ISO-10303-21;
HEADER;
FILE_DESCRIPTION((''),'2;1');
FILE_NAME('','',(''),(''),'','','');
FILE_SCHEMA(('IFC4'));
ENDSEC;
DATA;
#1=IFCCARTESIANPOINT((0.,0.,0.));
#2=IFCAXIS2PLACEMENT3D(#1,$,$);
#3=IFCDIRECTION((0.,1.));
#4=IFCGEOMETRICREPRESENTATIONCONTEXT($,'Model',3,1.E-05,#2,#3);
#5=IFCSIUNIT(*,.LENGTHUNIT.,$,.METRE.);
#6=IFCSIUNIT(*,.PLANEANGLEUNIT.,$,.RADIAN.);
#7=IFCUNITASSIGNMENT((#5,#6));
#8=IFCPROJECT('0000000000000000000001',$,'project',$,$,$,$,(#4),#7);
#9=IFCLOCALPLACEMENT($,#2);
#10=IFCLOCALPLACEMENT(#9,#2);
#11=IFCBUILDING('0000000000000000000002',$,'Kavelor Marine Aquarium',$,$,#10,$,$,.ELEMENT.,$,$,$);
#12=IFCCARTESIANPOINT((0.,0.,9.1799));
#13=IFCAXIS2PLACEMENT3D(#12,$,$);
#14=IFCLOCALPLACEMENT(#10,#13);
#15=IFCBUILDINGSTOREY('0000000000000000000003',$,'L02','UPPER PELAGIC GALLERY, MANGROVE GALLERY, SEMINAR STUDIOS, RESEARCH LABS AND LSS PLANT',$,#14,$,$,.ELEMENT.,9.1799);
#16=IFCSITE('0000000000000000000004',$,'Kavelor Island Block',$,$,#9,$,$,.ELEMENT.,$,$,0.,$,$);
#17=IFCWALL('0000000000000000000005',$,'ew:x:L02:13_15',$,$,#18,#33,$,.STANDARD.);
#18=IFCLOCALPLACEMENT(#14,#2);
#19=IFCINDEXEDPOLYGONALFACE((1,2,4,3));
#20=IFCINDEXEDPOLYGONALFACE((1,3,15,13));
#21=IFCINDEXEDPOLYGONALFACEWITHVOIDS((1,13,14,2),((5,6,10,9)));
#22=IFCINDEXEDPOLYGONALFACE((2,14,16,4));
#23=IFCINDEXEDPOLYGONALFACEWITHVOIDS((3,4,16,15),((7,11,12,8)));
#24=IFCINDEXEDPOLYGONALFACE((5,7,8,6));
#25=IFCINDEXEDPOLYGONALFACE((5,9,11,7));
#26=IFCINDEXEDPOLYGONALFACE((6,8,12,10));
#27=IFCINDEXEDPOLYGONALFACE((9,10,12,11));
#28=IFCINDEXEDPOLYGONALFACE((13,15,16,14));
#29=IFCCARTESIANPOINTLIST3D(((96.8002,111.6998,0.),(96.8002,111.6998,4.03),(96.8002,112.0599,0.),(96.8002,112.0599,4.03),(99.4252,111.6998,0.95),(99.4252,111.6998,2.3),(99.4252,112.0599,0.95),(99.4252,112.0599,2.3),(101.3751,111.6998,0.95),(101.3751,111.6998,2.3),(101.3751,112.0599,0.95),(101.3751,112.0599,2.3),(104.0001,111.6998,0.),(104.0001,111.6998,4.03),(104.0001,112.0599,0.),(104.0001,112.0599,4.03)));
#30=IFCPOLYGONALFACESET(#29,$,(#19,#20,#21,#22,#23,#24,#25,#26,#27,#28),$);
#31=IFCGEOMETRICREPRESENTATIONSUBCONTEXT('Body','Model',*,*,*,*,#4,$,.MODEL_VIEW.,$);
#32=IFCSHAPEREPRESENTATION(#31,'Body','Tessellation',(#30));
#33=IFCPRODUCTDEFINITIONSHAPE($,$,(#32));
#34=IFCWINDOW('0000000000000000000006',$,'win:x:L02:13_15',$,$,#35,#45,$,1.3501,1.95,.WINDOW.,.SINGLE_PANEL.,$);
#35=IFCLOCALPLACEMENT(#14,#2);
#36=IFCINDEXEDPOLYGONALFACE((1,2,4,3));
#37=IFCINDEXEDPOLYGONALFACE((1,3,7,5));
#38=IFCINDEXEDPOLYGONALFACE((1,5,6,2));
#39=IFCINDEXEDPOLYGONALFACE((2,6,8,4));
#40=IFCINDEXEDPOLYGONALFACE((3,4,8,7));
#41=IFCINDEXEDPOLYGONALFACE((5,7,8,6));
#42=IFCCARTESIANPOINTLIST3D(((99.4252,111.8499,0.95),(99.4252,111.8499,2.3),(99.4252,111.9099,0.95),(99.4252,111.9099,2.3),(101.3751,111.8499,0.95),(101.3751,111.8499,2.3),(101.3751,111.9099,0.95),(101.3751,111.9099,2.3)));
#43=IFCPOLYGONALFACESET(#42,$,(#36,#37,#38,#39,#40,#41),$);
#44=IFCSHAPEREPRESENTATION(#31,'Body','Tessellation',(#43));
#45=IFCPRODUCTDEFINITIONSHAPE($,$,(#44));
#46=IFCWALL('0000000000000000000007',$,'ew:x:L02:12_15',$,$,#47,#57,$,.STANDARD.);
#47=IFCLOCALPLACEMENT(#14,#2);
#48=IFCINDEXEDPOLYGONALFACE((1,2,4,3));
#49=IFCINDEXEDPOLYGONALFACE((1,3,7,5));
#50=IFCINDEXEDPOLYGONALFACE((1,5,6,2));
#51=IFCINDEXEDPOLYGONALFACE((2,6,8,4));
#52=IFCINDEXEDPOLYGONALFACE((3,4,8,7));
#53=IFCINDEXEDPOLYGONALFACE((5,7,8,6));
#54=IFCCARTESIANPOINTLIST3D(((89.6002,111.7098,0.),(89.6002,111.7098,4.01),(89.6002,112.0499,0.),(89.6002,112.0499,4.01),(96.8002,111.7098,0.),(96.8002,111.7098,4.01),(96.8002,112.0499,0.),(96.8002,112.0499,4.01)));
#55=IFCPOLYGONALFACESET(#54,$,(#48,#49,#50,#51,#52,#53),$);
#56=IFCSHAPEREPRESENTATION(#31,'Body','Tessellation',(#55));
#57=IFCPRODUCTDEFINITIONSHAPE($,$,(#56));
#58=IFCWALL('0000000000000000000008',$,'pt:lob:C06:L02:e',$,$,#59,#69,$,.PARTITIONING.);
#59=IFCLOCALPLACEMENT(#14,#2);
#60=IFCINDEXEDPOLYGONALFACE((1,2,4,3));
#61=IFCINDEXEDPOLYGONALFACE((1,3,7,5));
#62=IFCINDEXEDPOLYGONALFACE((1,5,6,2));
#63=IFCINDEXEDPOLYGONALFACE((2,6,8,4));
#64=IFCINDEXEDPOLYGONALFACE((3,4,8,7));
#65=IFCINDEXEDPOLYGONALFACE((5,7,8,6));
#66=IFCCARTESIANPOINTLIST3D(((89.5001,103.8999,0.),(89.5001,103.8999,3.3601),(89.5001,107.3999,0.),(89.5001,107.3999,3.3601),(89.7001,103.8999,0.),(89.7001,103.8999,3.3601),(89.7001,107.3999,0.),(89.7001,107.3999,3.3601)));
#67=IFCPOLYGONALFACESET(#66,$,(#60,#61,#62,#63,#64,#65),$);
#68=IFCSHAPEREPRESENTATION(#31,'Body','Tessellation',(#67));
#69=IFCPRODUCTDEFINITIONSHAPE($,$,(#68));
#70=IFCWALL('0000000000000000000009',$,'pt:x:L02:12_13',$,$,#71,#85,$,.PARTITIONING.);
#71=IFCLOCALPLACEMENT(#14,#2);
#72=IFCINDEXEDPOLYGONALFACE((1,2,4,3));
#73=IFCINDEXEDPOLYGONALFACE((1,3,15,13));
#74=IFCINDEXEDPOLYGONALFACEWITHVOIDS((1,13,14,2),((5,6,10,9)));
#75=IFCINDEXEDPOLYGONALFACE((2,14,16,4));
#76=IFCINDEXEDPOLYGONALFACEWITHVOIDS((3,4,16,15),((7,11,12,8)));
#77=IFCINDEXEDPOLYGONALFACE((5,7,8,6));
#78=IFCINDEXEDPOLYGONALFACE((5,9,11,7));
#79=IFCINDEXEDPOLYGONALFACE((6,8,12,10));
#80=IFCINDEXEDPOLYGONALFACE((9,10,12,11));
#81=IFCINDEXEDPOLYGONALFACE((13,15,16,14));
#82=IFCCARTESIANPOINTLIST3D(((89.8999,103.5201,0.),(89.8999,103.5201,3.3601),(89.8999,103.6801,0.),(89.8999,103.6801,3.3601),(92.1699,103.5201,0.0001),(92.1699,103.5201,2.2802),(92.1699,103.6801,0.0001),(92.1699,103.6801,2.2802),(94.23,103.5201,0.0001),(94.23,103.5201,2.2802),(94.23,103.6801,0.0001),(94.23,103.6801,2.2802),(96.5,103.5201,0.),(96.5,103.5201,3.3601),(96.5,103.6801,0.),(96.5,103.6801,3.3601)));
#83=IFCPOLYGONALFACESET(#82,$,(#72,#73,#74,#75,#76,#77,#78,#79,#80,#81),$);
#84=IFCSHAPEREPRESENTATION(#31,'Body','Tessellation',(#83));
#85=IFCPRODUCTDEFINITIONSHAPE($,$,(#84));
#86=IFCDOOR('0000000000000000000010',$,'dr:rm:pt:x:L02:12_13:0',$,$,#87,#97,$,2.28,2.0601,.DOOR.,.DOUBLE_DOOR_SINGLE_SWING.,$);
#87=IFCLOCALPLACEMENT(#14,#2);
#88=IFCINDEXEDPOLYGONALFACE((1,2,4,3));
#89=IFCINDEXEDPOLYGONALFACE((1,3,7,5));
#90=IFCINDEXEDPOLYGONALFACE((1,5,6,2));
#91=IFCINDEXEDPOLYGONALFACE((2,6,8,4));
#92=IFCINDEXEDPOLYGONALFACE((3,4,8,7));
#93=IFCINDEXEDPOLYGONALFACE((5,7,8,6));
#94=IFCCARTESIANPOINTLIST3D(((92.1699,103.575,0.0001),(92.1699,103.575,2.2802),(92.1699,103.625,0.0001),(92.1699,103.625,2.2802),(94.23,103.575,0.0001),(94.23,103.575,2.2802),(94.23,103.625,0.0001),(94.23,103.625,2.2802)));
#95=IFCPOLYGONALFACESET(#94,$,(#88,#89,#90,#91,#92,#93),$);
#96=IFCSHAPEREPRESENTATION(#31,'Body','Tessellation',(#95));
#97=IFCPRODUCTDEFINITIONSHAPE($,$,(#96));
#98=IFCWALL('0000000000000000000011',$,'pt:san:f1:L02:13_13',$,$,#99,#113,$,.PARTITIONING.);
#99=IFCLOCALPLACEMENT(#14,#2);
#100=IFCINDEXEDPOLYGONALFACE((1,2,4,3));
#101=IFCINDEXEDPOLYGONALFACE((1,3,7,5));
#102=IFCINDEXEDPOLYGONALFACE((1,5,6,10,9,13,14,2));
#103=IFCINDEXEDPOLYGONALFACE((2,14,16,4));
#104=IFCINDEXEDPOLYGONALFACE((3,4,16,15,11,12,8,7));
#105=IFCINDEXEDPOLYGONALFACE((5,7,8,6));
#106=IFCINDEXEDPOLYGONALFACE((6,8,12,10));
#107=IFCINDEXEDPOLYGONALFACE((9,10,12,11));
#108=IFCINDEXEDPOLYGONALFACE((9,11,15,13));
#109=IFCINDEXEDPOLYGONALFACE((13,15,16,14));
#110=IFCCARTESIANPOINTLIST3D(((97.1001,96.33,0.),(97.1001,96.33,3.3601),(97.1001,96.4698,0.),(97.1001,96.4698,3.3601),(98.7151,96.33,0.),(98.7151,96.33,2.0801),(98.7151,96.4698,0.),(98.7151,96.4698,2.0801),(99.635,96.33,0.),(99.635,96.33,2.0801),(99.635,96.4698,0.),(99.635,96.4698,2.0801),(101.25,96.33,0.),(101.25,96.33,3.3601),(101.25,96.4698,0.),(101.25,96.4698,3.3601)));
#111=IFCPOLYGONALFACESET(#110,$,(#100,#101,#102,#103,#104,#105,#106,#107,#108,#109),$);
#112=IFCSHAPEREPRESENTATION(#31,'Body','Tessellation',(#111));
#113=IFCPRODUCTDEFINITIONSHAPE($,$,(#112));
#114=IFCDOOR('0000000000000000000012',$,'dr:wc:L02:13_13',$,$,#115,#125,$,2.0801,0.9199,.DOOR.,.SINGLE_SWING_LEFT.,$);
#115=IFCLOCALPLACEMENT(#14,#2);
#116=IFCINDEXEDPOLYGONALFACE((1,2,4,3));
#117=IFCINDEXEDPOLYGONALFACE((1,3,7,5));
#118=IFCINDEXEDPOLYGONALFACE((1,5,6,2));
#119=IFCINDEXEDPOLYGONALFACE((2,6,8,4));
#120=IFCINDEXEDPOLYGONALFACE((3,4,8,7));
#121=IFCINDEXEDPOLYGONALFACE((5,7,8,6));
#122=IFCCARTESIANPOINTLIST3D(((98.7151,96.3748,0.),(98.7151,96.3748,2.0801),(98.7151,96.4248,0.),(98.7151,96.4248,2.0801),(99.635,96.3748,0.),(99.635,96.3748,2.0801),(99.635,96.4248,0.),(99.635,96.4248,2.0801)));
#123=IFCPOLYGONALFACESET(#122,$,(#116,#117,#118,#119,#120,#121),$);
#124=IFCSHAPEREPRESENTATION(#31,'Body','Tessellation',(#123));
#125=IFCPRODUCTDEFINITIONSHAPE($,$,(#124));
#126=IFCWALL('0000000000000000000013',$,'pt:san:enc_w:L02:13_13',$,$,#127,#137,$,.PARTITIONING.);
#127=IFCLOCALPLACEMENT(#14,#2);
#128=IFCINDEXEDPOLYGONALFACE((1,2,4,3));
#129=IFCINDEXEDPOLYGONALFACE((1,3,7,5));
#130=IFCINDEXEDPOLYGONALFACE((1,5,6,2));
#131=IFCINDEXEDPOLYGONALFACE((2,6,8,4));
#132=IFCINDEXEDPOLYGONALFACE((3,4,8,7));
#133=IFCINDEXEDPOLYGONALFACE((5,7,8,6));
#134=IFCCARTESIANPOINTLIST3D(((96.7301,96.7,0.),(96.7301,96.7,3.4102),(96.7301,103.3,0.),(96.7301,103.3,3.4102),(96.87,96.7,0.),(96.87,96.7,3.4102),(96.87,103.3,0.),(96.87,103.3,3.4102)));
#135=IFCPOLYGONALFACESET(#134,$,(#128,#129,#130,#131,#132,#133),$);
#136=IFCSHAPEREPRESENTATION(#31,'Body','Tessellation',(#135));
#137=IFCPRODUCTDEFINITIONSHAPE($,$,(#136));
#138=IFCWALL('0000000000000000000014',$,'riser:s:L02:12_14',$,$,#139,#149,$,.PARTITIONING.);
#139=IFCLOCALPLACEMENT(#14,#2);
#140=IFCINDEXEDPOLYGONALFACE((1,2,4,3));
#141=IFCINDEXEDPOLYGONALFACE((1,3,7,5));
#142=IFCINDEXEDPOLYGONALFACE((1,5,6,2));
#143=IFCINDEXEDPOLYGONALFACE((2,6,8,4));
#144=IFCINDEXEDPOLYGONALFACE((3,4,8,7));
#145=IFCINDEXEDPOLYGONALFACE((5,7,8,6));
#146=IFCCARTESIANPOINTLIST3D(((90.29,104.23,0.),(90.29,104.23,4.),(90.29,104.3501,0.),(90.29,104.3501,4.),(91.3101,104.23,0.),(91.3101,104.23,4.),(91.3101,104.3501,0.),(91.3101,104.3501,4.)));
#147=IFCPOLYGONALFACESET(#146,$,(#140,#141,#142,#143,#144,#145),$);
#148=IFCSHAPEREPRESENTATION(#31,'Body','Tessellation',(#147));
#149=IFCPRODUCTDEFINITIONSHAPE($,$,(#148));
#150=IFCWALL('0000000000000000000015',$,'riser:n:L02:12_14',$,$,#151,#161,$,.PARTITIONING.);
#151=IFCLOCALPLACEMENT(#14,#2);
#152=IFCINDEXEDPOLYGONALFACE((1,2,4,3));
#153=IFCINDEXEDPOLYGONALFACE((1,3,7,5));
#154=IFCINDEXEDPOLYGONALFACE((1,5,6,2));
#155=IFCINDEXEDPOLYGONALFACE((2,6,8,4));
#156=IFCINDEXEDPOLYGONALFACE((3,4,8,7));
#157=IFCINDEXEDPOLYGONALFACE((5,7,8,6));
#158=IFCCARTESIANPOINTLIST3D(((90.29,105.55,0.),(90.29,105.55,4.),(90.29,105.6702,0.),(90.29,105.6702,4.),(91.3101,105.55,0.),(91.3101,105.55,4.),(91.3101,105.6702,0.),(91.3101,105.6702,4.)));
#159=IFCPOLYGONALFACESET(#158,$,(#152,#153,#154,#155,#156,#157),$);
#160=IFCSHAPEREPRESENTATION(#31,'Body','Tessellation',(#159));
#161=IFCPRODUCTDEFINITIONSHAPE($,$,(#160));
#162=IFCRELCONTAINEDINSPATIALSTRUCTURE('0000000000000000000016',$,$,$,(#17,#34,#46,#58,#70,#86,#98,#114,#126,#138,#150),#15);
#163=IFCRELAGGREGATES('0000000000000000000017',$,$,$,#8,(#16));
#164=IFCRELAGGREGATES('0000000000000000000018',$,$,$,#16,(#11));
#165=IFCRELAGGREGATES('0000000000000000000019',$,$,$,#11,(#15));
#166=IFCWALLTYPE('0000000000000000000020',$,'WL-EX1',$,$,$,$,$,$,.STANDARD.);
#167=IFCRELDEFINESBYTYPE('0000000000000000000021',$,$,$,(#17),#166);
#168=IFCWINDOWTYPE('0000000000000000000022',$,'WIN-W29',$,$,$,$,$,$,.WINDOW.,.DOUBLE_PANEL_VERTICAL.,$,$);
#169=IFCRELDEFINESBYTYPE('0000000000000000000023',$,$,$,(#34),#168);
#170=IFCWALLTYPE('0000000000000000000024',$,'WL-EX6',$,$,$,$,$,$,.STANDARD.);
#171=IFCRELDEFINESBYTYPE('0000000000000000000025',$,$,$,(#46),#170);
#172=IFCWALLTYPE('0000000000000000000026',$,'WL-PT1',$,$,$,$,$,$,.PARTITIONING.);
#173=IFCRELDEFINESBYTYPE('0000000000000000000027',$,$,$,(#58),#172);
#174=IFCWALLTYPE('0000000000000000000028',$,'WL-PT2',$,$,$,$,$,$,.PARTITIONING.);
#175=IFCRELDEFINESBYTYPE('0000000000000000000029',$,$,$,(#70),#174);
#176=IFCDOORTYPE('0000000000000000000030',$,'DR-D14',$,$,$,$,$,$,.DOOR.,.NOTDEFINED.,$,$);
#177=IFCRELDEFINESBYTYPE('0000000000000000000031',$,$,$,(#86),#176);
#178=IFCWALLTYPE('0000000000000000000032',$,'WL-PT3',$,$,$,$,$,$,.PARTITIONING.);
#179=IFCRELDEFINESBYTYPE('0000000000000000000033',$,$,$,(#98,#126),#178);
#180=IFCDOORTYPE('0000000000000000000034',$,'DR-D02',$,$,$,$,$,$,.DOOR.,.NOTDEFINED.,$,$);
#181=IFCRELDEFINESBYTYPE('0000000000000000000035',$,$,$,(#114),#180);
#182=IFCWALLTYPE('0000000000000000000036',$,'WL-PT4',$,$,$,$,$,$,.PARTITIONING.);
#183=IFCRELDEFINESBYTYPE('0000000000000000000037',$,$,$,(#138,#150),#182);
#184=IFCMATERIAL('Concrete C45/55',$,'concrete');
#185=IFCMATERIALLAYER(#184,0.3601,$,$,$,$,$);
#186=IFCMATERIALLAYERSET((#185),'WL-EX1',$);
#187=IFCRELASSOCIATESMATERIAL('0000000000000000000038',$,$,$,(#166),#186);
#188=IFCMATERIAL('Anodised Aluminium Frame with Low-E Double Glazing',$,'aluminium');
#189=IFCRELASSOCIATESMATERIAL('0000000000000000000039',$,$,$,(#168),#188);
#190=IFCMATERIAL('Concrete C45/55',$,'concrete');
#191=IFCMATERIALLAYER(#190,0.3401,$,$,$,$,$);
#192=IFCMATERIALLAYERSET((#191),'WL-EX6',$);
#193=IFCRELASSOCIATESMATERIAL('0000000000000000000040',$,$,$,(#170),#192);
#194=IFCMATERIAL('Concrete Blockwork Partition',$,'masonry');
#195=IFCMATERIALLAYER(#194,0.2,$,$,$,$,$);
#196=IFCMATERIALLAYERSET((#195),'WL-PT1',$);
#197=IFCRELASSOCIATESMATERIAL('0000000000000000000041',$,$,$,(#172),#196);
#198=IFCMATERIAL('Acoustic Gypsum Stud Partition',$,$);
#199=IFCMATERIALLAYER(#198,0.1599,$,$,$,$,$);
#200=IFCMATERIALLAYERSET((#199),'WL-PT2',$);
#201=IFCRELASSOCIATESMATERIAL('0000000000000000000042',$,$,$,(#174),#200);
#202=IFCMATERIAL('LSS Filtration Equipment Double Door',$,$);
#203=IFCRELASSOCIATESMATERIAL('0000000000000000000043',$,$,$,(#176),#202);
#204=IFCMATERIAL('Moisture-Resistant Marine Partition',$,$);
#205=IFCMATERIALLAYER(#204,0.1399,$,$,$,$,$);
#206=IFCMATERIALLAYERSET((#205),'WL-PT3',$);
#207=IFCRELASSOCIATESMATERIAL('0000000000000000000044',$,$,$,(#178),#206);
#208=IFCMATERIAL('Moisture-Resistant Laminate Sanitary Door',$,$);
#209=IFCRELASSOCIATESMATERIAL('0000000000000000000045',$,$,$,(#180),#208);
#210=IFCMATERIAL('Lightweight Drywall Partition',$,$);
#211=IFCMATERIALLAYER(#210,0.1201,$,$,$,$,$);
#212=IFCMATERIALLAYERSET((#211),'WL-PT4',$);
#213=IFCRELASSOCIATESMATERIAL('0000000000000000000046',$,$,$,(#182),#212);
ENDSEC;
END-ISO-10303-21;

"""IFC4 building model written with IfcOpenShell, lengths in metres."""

from ifc_helpers import new_model, si_unit, direction, frame, frame_2d, origin, place, context, subcontext, project, spatial, rectangle, extrude, material, layer, layer_set, type_object, element, fill, save


model = new_model("IFC4")

# Units and contexts
model_context = context("Model", 3, precision=1e-05, world=origin(), true_north=direction((0.0, 1.0)))
body_context = subcontext(model_context, "Body", "Model", "MODEL_VIEW")
ifc_project = project(units=[si_unit("LENGTHUNIT", "METRE"), si_unit("PLANEANGLEUNIT", "RADIAN")], contexts=[model_context])

# Site, building, storey
site_placement = place(None, origin())
site = spatial("IfcSite", under=ifc_project, at=site_placement, Name="Kavelor Island Block", CompositionType="ELEMENT", RefElevation=0.0)
building_placement = place(site_placement, origin())
building = spatial("IfcBuilding", under=site, at=building_placement, Name="Kavelor Marine Aquarium", CompositionType="ELEMENT")
storey_placement = place(building_placement, frame((0.0, 0.0, 9.1799)))
storey = spatial("IfcBuildingStorey", under=building, at=storey_placement, Name="L02", Description="UPPER PELAGIC GALLERY, MANGROVE GALLERY, SEMINAR STUDIOS, RESEARCH LABS AND LSS PLANT", CompositionType="ELEMENT", Elevation=9.1799)

# Wall, opening, window
ifc_material_1 = material(Name="Concrete C45/55", Category="concrete")
ifc_layer_1 = layer(ifc_material_1, 0.3601)
ifc_layer_set_1 = layer_set([ifc_layer_1], Name="WL-EX1")
wall_type_1 = type_object("IfcWallType", Name="WL-EX1", PredefinedType="STANDARD", material=ifc_layer_set_1)
wall_1_placement = place(storey_placement, frame((96.8, 111.8799, 0.0), z_axis=(0.0, 0.0, 1.0), x_axis=(1.0, 0.0, 0.0)))
wall_1 = element("IfcWall", 1, at=wall_1_placement, inside=storey, type_object=wall_type_1, Name="ew:x:L02:13_15", PredefinedType="STANDARD", context=body_context, shape_type="SweptSolid", body=[
    extrude(rectangle(XDim=7.2, YDim=0.3601, at=frame_2d((3.6001, 0.0))), origin(), (0.0, 0.0, 1.0), 4.03),
])
opening_1_placement = place(wall_1_placement, frame((2.625, 0.0, 0.95)))
opening_1 = element("IfcOpeningElement", 2, at=opening_1_placement, cuts=wall_1, PredefinedType="OPENING", context=body_context, shape_type="SweptSolid", body=[
    extrude(rectangle(XDim=1.95, YDim=1.3501, at=frame_2d((0.9751, 0.675))), frame((0.0, 0.1899, 0.0), z_axis=(0.0, -1.0, 0.0), x_axis=(1.0, 0.0, 0.0)), (0.0, 0.0, 1.0), 0.3801),
])
ifc_material_2 = material(Name="Anodised Aluminium Frame with Low-E Double Glazing", Category="aluminium")
window_type = type_object("IfcWindowType", Name="WIN-W29", PartitioningType="DOUBLE_PANEL_VERTICAL", PredefinedType="WINDOW", material=ifc_material_2)
window_placement = place(opening_1_placement, origin())
window = element("IfcWindow", 3, at=window_placement, inside=storey, type_object=window_type, Name="win:x:L02:13_15", OverallHeight=1.3501, OverallWidth=1.95, PartitioningType="SINGLE_PANEL", PredefinedType="WINDOW", context=body_context, shape_type="SweptSolid", body=[
    extrude(rectangle(XDim=1.95, YDim=1.3501, at=frame_2d((0.9751, 0.675))), frame((0.0, 0.03, 0.0), z_axis=(0.0, -1.0, 0.0), x_axis=(1.0, 0.0, 0.0)), (0.0, 0.0, 1.0), 0.0601),
])
fill(opening_1, window)

# Walls
ifc_material_3 = material(Name="Concrete C45/55", Category="concrete")
ifc_layer_2 = layer(ifc_material_3, 0.3401)
ifc_layer_set_2 = layer_set([ifc_layer_2], Name="WL-EX6")
wall_type_2 = type_object("IfcWallType", Name="WL-EX6", PredefinedType="STANDARD", material=ifc_layer_set_2)
wall_2_placement = place(storey_placement, frame((89.6001, 111.8799, 0.0), z_axis=(0.0, 0.0, 1.0), x_axis=(1.0, 0.0, 0.0)))
element("IfcWall", 4, at=wall_2_placement, inside=storey, type_object=wall_type_2, Name="ew:x:L02:12_15", PredefinedType="STANDARD", context=body_context, shape_type="SweptSolid", body=[
    extrude(rectangle(XDim=7.2, YDim=0.3401, at=frame_2d((3.6001, 0.0))), origin(), (0.0, 0.0, 1.0), 4.01),
])
ifc_material_4 = material(Name="Concrete Blockwork Partition", Category="masonry")
ifc_layer_3 = layer(ifc_material_4, 0.2)
ifc_layer_set_3 = layer_set([ifc_layer_3], Name="WL-PT1")
wall_type_3 = type_object("IfcWallType", Name="WL-PT1", PredefinedType="PARTITIONING", material=ifc_layer_set_3)
wall_3_placement = place(storey_placement, frame((89.6001, 103.8999, 0.0), z_axis=(0.0, 0.0, 1.0), x_axis=(0.0, 1.0, 0.0)))
element("IfcWall", 5, at=wall_3_placement, inside=storey, type_object=wall_type_3, Name="pt:lob:C06:L02:e", PredefinedType="PARTITIONING", context=body_context, shape_type="SweptSolid", body=[
    extrude(rectangle(XDim=3.5, YDim=0.2, at=frame_2d((1.75, 0.0))), origin(), (0.0, 0.0, 1.0), 3.3601),
])

# Walls, openings, doors
ifc_material_5 = material(Name="Acoustic Gypsum Stud Partition")
ifc_layer_4 = layer(ifc_material_5, 0.1599)
ifc_layer_set_4 = layer_set([ifc_layer_4], Name="WL-PT2")
wall_type_4 = type_object("IfcWallType", Name="WL-PT2", PredefinedType="PARTITIONING", material=ifc_layer_set_4)
wall_4_placement = place(storey_placement, frame((89.8999, 103.6001, 0.0), z_axis=(0.0, 0.0, 1.0), x_axis=(1.0, 0.0, 0.0)))
wall_4 = element("IfcWall", 6, at=wall_4_placement, inside=storey, type_object=wall_type_4, Name="pt:x:L02:12_13", PredefinedType="PARTITIONING", context=body_context, shape_type="SweptSolid", body=[
    extrude(rectangle(XDim=6.6001, YDim=0.1599, at=frame_2d((3.3, 0.0))), origin(), (0.0, 0.0, 1.0), 3.3601),
])
opening_2_placement = place(wall_4_placement, frame((2.27, 0.0, 0.0)))
opening_2 = element("IfcOpeningElement", 7, at=opening_2_placement, cuts=wall_4, PredefinedType="OPENING", context=body_context, shape_type="SweptSolid", body=[
    extrude(rectangle(XDim=2.0601, YDim=2.28, at=frame_2d((1.03, 1.1401))), frame((0.0, 0.0898, 0.0), z_axis=(0.0, -1.0, 0.0), x_axis=(1.0, 0.0, 0.0)), (0.0, 0.0, 1.0), 0.1799),
])
ifc_material_6 = material(Name="LSS Filtration Equipment Double Door")
door_type_1 = type_object("IfcDoorType", Name="DR-D14", OperationType="NOTDEFINED", PredefinedType="DOOR", material=ifc_material_6)
door_1_placement = place(opening_2_placement, origin())
door_1 = element("IfcDoor", 8, at=door_1_placement, inside=storey, type_object=door_type_1, Name="dr:rm:pt:x:L02:12_13:0", OperationType="DOUBLE_DOOR_SINGLE_SWING", OverallHeight=2.28, OverallWidth=2.0601, PredefinedType="DOOR", context=body_context, shape_type="SweptSolid", body=[
    extrude(rectangle(XDim=2.0601, YDim=2.28, at=frame_2d((1.03, 1.1401))), frame((0.0, 0.0249, 0.0), z_axis=(0.0, -1.0, 0.0), x_axis=(1.0, 0.0, 0.0)), (0.0, 0.0, 1.0), 0.05),
])
fill(opening_2, door_1)
ifc_material_7 = material(Name="Moisture-Resistant Marine Partition")
ifc_layer_5 = layer(ifc_material_7, 0.1399)
ifc_layer_set_5 = layer_set([ifc_layer_5], Name="WL-PT3")
wall_type_5 = type_object("IfcWallType", Name="WL-PT3", PredefinedType="PARTITIONING", material=ifc_layer_set_5)
wall_5_placement = place(storey_placement, frame((97.1001, 96.3999, 0.0), z_axis=(0.0, 0.0, 1.0), x_axis=(1.0, 0.0, 0.0)))
wall_5 = element("IfcWall", 9, at=wall_5_placement, inside=storey, type_object=wall_type_5, Name="pt:san:f1:L02:13_13", PredefinedType="PARTITIONING", context=body_context, shape_type="SweptSolid", body=[
    extrude(rectangle(XDim=4.1499, YDim=0.1399, at=frame_2d((2.075, 0.0))), origin(), (0.0, 0.0, 1.0), 3.3601),
])
opening_3_placement = place(wall_5_placement, frame((1.615, 0.0, 0.0)))
opening_3 = element("IfcOpeningElement", 10, at=opening_3_placement, cuts=wall_5, PredefinedType="OPENING", context=body_context, shape_type="SweptSolid", body=[
    extrude(rectangle(XDim=0.9199, YDim=2.0801, at=frame_2d((0.46, 1.04))), frame((0.0, 0.0798, 0.0), z_axis=(0.0, -1.0, 0.0), x_axis=(1.0, 0.0, 0.0)), (0.0, 0.0, 1.0), 0.1599),
])
ifc_material_8 = material(Name="Moisture-Resistant Laminate Sanitary Door")
door_type_2 = type_object("IfcDoorType", Name="DR-D02", OperationType="NOTDEFINED", PredefinedType="DOOR", material=ifc_material_8)
door_2_placement = place(opening_3_placement, origin())
door_2 = element("IfcDoor", 11, at=door_2_placement, inside=storey, type_object=door_type_2, Name="dr:wc:L02:13_13", OperationType="SINGLE_SWING_LEFT", OverallHeight=2.0801, OverallWidth=0.9199, PredefinedType="DOOR", context=body_context, shape_type="SweptSolid", body=[
    extrude(rectangle(XDim=0.9199, YDim=2.0801, at=frame_2d((0.46, 1.04))), frame((0.0, 0.0249, 0.0), z_axis=(0.0, -1.0, 0.0), x_axis=(1.0, 0.0, 0.0)), (0.0, 0.0, 1.0), 0.05),
])
fill(opening_3, door_2)

# Walls
wall_6_placement = place(storey_placement, frame((96.8, 96.7, 0.0), z_axis=(0.0, 0.0, 1.0), x_axis=(0.0, 1.0, 0.0)))
element("IfcWall", 12, at=wall_6_placement, inside=storey, type_object=wall_type_5, Name="pt:san:enc_w:L02:13_13", PredefinedType="PARTITIONING", context=body_context, shape_type="SweptSolid", body=[
    extrude(rectangle(XDim=6.6001, YDim=0.1399, at=frame_2d((3.3, 0.0))), origin(), (0.0, 0.0, 1.0), 3.4102),
])
ifc_material_9 = material(Name="Lightweight Drywall Partition")
ifc_layer_6 = layer(ifc_material_9, 0.1201)
ifc_layer_set_6 = layer_set([ifc_layer_6], Name="WL-PT4")
wall_type_6 = type_object("IfcWallType", Name="WL-PT4", PredefinedType="PARTITIONING", material=ifc_layer_set_6)
for number, where, z_axis, x_axis, name in (
    (13, (90.29, 104.29, 0.0), (0.0, 0.0, 1.0), (1.0, 0.0, 0.0), "riser:s:L02:12_14"),
    (14, (90.29, 105.6101, 0.0), (0.0, 0.0, 1.0), (1.0, 0.0, 0.0), "riser:n:L02:12_14"),
):
    element("IfcWall", number, at=place(storey_placement, frame(where, z_axis=z_axis, x_axis=x_axis)), inside=storey, type_object=wall_type_6, Name=name, PredefinedType="PARTITIONING", context=body_context, shape_type="SweptSolid", body=[
        extrude(rectangle(XDim=1.02, YDim=0.1201, at=frame_2d((0.51, 0.0))), origin(), (0.0, 0.0, 1.0), 4.0),
    ])

save(model, "model.ifc")
